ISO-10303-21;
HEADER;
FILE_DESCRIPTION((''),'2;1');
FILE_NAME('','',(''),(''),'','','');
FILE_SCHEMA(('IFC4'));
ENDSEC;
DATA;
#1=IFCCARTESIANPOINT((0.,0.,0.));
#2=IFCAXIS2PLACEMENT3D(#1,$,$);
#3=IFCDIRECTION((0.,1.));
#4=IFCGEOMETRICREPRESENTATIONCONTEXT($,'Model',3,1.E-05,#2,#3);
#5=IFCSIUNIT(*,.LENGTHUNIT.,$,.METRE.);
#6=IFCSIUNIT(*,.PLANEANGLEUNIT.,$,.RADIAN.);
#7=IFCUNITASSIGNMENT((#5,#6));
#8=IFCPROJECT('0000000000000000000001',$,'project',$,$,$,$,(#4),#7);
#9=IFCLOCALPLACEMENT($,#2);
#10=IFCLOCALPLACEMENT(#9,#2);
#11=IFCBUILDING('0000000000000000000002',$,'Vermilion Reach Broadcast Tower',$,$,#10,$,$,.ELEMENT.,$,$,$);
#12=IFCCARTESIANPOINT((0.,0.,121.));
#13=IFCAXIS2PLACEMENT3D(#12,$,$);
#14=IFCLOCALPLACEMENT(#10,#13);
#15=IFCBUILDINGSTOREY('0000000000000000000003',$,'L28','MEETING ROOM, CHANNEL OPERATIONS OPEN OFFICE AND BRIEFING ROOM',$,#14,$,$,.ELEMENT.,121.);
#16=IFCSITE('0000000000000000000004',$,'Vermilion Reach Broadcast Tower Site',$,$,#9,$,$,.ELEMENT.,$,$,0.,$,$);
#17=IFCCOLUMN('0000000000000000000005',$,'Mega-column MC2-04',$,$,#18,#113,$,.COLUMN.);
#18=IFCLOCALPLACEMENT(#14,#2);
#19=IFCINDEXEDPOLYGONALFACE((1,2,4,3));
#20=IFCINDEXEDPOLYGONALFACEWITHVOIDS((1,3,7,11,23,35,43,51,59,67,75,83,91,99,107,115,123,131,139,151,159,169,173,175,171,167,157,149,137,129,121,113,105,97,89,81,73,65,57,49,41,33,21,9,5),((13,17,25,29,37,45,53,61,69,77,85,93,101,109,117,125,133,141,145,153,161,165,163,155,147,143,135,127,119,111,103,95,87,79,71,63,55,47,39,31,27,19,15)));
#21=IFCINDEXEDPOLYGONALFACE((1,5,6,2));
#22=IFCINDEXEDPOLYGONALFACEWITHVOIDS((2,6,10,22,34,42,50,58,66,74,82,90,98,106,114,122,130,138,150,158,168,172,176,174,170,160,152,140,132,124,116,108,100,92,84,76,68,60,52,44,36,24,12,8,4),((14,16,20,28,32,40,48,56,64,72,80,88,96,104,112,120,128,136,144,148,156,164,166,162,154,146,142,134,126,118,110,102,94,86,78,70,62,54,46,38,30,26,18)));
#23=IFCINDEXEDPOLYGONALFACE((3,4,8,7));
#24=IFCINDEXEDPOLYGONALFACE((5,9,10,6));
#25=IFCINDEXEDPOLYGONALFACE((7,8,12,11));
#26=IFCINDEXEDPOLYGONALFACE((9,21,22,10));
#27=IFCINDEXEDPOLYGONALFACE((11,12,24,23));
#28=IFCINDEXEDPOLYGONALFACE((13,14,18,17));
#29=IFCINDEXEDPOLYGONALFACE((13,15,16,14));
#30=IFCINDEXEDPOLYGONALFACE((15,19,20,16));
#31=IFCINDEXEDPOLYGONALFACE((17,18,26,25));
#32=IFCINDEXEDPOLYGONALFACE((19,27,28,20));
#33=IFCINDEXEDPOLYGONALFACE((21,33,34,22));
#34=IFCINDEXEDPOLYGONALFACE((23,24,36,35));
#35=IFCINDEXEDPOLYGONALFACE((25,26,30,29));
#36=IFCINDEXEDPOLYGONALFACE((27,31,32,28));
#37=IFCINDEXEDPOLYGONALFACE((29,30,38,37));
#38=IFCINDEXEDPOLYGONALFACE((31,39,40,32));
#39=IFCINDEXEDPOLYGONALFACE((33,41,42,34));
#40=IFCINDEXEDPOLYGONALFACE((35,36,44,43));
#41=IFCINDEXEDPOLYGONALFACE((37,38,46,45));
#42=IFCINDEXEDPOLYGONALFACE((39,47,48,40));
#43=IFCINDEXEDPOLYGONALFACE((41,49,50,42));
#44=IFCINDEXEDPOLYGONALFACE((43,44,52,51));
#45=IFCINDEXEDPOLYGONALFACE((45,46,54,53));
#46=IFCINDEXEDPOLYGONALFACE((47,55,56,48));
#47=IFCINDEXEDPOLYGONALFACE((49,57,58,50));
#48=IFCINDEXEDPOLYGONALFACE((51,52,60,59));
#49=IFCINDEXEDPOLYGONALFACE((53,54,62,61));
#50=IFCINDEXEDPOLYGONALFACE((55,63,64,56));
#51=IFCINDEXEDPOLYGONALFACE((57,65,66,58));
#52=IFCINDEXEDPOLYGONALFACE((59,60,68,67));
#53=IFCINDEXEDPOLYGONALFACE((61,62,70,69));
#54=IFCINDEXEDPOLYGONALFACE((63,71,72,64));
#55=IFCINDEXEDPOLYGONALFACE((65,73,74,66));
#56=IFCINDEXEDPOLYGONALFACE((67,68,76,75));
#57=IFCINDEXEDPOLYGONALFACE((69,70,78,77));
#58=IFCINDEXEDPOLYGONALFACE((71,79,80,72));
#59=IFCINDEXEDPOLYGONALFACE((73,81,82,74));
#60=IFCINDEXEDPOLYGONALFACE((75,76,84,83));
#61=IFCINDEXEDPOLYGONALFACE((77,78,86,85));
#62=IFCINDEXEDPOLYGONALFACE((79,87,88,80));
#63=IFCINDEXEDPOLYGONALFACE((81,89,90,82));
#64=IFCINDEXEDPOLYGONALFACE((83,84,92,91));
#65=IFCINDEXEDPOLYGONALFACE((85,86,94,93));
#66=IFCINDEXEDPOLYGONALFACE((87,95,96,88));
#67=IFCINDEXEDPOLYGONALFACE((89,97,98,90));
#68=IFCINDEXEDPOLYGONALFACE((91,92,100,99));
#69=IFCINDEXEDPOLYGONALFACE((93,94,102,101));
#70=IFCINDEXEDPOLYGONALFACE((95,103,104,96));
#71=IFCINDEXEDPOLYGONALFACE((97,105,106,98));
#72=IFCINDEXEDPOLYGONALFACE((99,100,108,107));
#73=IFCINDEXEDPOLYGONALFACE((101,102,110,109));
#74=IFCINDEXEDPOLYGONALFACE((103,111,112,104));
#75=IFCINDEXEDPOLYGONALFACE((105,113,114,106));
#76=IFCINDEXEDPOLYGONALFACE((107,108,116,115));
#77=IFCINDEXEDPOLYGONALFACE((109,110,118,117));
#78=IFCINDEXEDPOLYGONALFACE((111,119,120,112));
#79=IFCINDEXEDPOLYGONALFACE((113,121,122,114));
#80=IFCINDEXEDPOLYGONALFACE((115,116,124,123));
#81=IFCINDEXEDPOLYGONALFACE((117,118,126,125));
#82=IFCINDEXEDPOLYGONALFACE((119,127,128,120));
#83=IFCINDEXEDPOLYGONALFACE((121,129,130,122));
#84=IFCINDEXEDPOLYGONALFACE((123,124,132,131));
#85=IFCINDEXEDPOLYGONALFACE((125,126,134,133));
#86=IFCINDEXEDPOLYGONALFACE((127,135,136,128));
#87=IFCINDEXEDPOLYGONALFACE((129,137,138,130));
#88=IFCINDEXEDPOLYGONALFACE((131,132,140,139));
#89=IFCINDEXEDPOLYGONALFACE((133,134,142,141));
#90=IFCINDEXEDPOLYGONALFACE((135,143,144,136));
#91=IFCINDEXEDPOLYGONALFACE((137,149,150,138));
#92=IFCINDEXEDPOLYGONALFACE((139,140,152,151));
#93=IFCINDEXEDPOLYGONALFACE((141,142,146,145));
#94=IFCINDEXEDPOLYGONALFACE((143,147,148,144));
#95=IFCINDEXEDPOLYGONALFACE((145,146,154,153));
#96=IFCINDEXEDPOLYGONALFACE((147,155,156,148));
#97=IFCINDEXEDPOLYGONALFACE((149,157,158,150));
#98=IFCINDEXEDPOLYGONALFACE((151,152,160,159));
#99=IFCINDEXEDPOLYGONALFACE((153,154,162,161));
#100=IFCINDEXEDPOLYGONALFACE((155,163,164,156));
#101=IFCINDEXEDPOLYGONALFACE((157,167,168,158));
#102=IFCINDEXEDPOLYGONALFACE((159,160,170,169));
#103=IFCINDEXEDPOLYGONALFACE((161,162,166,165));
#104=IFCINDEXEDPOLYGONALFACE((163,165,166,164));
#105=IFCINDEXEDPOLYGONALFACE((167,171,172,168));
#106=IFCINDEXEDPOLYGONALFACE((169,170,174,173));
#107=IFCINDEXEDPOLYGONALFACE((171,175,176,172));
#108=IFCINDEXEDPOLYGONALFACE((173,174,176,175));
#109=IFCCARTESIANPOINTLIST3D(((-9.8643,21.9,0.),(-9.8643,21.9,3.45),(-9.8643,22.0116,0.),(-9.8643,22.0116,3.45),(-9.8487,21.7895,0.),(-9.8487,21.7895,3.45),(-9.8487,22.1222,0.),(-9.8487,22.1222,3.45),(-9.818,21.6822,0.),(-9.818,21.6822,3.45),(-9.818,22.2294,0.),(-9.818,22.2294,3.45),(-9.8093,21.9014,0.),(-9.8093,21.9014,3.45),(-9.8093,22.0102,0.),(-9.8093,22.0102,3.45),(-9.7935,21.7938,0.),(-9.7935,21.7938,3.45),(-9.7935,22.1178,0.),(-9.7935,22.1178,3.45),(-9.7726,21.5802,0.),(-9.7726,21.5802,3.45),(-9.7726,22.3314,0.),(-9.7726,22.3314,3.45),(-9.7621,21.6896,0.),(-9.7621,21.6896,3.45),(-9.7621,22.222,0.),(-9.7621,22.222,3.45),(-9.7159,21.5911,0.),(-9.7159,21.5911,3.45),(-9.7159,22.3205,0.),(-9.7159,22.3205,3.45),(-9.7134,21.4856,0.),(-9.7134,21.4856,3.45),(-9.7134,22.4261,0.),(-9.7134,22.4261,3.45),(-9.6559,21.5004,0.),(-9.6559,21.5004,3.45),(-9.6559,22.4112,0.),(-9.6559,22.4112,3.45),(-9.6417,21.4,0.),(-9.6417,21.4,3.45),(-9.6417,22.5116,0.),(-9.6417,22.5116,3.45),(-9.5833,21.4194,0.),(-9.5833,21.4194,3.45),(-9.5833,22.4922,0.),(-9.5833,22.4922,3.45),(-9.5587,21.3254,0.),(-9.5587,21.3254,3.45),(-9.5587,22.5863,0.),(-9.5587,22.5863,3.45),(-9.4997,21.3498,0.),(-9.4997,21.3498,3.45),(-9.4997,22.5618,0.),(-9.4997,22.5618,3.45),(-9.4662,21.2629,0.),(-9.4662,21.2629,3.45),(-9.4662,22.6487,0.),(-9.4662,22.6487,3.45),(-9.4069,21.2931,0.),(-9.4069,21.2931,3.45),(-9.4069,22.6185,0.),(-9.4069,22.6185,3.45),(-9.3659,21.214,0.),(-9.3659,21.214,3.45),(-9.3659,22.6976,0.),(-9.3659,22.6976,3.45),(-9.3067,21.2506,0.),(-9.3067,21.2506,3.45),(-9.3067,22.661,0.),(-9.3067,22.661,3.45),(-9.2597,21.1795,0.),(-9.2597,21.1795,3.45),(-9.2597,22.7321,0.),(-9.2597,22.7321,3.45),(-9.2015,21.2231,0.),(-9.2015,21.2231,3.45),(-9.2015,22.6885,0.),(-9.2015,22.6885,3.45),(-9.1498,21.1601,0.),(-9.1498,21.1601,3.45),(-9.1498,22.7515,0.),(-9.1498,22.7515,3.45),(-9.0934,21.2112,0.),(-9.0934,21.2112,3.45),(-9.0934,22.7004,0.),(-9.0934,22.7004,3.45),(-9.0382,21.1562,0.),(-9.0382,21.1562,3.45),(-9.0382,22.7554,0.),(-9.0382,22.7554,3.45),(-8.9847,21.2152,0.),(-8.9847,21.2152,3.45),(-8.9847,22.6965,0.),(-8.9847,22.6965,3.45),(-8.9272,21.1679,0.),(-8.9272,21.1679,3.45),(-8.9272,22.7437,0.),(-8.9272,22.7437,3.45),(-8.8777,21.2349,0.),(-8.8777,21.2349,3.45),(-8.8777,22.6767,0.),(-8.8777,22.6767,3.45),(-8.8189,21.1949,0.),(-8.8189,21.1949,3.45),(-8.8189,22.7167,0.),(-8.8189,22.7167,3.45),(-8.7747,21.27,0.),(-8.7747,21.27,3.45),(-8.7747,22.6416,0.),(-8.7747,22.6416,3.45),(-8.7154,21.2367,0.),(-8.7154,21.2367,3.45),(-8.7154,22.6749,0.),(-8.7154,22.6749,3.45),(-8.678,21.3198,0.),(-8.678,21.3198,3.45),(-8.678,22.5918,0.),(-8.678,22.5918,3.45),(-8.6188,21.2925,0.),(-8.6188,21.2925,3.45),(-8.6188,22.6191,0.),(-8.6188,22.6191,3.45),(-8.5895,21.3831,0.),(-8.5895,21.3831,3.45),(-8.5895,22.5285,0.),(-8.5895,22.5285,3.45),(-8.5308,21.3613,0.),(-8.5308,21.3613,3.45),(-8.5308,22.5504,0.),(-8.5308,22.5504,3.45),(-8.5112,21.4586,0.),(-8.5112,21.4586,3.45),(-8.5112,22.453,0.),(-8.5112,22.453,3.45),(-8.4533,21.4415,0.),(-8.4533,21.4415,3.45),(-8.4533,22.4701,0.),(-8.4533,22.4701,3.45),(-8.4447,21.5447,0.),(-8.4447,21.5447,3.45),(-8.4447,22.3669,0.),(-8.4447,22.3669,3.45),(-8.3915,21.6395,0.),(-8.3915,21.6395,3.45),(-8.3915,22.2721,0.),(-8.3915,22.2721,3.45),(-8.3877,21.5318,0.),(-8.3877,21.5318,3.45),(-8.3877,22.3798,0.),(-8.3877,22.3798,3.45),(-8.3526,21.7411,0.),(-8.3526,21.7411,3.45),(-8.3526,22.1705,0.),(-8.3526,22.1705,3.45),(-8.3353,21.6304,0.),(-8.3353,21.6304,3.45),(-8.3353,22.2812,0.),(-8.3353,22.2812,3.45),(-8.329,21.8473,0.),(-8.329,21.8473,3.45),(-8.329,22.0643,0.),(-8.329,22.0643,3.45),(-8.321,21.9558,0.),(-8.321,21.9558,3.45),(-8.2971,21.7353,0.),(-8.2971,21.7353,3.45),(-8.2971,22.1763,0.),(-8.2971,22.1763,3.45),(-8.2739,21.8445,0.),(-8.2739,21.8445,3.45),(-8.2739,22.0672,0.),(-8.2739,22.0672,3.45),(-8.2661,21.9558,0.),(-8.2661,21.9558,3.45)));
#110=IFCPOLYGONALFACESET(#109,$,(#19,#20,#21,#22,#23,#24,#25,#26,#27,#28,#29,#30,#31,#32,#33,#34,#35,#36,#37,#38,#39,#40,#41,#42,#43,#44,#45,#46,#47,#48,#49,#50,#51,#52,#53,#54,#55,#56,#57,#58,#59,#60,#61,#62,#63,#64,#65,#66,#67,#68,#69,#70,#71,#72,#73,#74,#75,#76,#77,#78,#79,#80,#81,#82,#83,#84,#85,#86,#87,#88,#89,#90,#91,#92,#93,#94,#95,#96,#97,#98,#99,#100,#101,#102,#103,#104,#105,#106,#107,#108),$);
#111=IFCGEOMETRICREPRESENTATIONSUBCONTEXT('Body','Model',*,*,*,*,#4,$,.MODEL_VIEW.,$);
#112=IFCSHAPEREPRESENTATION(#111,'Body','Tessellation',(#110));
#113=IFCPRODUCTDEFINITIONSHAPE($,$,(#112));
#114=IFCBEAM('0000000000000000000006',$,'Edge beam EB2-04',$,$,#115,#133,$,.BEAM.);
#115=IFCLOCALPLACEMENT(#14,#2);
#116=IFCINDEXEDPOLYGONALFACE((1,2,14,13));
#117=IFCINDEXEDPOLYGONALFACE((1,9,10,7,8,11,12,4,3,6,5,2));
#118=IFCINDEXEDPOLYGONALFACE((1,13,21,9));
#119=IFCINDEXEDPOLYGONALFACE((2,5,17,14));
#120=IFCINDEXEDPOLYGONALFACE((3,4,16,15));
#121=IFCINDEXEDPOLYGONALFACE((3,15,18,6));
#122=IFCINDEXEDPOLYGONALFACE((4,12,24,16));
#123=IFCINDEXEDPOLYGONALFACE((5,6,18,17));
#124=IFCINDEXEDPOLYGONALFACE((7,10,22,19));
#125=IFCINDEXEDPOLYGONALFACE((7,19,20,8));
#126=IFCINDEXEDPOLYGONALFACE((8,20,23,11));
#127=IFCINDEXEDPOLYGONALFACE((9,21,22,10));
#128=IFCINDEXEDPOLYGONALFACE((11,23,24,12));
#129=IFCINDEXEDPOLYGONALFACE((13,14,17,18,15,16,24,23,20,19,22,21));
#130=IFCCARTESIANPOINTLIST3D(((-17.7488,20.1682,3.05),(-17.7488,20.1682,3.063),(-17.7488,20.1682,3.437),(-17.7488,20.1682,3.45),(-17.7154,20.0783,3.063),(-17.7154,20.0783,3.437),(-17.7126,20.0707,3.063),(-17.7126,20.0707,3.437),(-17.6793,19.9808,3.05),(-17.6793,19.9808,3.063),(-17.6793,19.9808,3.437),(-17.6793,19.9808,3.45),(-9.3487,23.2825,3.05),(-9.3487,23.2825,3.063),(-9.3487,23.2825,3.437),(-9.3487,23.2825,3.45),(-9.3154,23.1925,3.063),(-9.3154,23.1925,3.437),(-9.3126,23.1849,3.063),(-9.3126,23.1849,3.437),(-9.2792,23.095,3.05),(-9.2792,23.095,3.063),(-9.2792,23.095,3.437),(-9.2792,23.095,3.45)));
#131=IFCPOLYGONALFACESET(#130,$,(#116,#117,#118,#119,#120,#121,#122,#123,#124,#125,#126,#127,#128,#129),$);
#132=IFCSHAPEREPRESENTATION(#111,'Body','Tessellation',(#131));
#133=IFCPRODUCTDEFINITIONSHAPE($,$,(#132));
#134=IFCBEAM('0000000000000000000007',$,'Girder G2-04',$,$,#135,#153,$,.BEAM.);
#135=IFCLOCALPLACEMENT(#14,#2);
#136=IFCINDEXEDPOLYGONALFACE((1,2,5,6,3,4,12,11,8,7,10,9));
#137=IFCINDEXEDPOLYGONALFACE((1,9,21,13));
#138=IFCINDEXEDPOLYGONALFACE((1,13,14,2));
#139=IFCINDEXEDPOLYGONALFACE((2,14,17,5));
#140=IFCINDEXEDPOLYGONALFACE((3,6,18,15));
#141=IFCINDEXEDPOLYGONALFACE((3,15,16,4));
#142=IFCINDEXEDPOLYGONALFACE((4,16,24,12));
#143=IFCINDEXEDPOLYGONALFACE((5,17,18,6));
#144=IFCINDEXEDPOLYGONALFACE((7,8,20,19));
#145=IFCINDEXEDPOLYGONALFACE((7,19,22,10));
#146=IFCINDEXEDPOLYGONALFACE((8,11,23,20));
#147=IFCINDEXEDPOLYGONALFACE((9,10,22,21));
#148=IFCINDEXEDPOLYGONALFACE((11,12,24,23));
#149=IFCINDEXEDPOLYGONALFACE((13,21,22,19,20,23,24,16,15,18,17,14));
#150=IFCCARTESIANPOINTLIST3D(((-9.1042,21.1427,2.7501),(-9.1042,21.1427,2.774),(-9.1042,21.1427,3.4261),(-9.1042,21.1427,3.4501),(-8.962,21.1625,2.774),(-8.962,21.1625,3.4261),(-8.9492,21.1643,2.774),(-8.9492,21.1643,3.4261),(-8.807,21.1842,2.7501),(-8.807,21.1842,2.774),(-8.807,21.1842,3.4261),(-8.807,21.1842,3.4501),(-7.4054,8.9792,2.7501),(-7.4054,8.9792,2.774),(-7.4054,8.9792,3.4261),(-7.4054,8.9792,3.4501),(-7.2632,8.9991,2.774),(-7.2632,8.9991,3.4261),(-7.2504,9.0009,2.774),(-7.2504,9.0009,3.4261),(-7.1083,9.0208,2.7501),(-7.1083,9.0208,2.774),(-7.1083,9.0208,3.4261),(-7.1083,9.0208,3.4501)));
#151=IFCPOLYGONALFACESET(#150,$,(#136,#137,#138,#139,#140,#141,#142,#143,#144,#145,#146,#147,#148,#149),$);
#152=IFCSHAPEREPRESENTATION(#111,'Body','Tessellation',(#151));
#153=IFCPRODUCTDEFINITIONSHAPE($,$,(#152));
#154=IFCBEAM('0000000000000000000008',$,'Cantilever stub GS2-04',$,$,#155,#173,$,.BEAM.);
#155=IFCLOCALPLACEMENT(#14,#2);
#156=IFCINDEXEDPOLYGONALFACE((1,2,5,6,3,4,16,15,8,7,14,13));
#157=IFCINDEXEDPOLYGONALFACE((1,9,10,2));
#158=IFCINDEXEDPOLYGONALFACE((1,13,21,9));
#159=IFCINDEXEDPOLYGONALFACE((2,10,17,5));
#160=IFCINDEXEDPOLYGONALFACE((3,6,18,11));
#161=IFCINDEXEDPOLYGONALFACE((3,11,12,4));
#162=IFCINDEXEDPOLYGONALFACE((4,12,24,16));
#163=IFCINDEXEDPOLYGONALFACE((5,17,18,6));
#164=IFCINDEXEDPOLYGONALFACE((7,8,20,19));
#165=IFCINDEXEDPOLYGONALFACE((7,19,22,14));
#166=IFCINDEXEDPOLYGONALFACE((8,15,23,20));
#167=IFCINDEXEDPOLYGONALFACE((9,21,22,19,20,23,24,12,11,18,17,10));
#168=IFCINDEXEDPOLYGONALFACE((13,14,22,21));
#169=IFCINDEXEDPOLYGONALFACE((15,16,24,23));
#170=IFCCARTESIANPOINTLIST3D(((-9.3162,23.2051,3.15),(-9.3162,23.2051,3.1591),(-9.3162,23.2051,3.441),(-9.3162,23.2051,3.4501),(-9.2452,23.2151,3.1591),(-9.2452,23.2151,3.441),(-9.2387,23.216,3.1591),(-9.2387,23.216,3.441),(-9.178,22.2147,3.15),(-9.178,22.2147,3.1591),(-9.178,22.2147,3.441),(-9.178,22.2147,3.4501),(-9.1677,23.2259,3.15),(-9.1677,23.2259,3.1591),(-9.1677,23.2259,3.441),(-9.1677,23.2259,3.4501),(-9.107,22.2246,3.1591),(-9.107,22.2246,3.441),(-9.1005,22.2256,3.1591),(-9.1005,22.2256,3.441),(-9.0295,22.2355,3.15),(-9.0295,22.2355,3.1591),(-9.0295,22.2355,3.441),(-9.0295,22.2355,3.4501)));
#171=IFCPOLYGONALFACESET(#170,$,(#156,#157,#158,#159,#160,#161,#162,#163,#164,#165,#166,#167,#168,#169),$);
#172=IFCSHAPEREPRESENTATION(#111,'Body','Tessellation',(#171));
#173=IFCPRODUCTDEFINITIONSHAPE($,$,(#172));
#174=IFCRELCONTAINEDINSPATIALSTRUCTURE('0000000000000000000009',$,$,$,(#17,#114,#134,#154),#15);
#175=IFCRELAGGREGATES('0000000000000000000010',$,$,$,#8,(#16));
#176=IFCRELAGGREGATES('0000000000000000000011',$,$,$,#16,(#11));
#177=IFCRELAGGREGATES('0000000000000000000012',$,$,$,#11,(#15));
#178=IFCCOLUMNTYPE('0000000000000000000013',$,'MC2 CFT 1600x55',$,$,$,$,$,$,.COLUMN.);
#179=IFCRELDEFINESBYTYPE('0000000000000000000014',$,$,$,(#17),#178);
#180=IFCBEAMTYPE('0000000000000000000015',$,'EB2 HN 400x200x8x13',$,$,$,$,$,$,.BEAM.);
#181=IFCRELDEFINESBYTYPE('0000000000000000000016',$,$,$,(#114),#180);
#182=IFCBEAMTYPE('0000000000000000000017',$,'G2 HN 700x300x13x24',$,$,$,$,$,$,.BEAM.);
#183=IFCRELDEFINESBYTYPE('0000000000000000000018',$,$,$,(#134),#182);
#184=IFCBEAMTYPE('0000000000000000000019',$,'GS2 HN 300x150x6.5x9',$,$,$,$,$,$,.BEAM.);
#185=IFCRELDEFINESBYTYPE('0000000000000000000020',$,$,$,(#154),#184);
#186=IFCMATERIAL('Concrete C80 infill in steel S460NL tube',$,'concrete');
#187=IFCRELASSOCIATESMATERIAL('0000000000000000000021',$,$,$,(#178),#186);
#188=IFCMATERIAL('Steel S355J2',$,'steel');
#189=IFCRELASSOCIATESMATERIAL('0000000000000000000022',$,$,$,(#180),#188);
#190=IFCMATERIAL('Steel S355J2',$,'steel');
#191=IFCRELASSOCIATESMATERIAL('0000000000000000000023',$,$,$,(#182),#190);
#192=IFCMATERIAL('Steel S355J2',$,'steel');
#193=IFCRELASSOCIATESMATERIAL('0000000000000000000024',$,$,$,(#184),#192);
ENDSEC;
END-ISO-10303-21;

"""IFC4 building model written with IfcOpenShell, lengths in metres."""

from ifc_helpers import new_model, si_unit, direction, frame, origin, origin_2d, place, context, subcontext, project, spatial, hollow_circle, i_section, extrude, material, material_profile, profile_set, type_object, element, save


model = new_model("IFC4")

# Units and contexts
model_context = context("Model", 3, precision=1e-05, world=origin(), true_north=direction((0.0, 1.0)))
body_context = subcontext(model_context, "Body", "Model", "MODEL_VIEW")
ifc_project = project(units=[si_unit("LENGTHUNIT", "METRE"), si_unit("PLANEANGLEUNIT", "RADIAN")], contexts=[model_context])

# Site, building, storey
site_placement = place(None, origin())
site = spatial("IfcSite", under=ifc_project, at=site_placement, Name="Vermilion Reach Broadcast Tower Site", CompositionType="ELEMENT", RefElevation=0.0)
building_placement = place(site_placement, origin())
building = spatial("IfcBuilding", under=site, at=building_placement, Name="Vermilion Reach Broadcast Tower", CompositionType="ELEMENT")
storey_placement = place(building_placement, frame((0.0, 0.0, 121.0)))
storey = spatial("IfcBuildingStorey", under=building, at=storey_placement, Name="L28", Description="MEETING ROOM, CHANNEL OPERATIONS OPEN OFFICE AND BRIEFING ROOM", CompositionType="ELEMENT", Elevation=121.0)

# Column
ifc_material_1 = material(Name="Concrete C80 infill in steel S460NL tube", Category="concrete")
ifc_material_profile_1 = material_profile(ifc_material_1, hollow_circle(Radius=0.8, WallThickness=0.0549, at=origin_2d()), Name="Concrete C80 infill in steel S460NL tube CFT 1600x55")
ifc_profile_set_1 = profile_set([ifc_material_profile_1], Name="Concrete C80 infill in steel S460NL tube")
column_type = type_object("IfcColumnType", Name="MC2 CFT 1600x55", PredefinedType="COLUMN", material=ifc_profile_set_1)
column_placement = place(storey_placement, frame((-9.0662, 21.9558, 0.0), z_axis=(0.0, 0.0, 1.0), x_axis=(1.0, 0.0, 0.0)))
element("IfcColumn", 1, at=column_placement, inside=storey, type_object=column_type, Name="Mega-column MC2-04", PredefinedType="COLUMN", context=body_context, shape_type="SweptSolid", body=[
    extrude(hollow_circle(Radius=0.8, WallThickness=0.0549, at=origin_2d()), origin(), (0.0, 0.0, 1.0), 3.45),
])

# Beams
ifc_material_2 = material(Name="Steel S355J2", Category="steel")
ifc_material_profile_2 = material_profile(ifc_material_2, i_section(OverallWidth=0.2, OverallDepth=0.3999, WebThickness=0.0081, FlangeThickness=0.0129, at=origin_2d()), Name="S355J2 HN 400x200x8x13")
ifc_profile_set_2 = profile_set([ifc_material_profile_2], Name="Steel S355J2")
beam_type_1 = type_object("IfcBeamType", Name="EB2 HN 400x200x8x13", PredefinedType="BEAM", material=ifc_profile_set_2)
beam_1_placement = place(storey_placement, frame((-9.314, 23.1887, 3.25), z_axis=(-0.937636, -0.347618, 0.0), x_axis=(0.347618, -0.937636, 0.0)))
element("IfcBeam", 2, at=beam_1_placement, inside=storey, type_object=beam_type_1, Name="Edge beam EB2-04", PredefinedType="BEAM", context=body_context, shape_type="SweptSolid", body=[
    extrude(i_section(OverallWidth=0.2, OverallDepth=0.3999, WebThickness=0.0081, FlangeThickness=0.0129, at=origin_2d()), origin(), (0.0, 0.0, 1.0), 8.9587),
])
ifc_material_3 = material(Name="Steel S355J2", Category="steel")
ifc_material_profile_3 = material_profile(ifc_material_3, i_section(OverallWidth=0.3, OverallDepth=0.7, WebThickness=0.0129, FlangeThickness=0.0239, at=origin_2d()), Name="S355J2 HN 700x300x13x24")
ifc_profile_set_3 = profile_set([ifc_material_profile_3], Name="Steel S355J2")
beam_type_2 = type_object("IfcBeamType", Name="G2 HN 700x300x13x24", PredefinedType="BEAM", material=ifc_profile_set_3)
beam_2_placement = place(storey_placement, frame((-7.2568, 9.0, 3.1001), z_axis=(-0.138318, 0.990388, 0.0), x_axis=(-0.990388, -0.138318, 0.0)))
element("IfcBeam", 3, at=beam_2_placement, inside=storey, type_object=beam_type_2, Name="Girder G2-04", PredefinedType="BEAM", context=body_context, shape_type="SweptSolid", body=[
    extrude(i_section(OverallWidth=0.3, OverallDepth=0.7, WebThickness=0.0129, FlangeThickness=0.0239, at=origin_2d()), origin(), (0.0, 0.0, 1.0), 12.2815),
])
ifc_material_4 = material(Name="Steel S355J2", Category="steel")
ifc_material_profile_4 = material_profile(ifc_material_4, i_section(OverallWidth=0.1499, OverallDepth=0.3, WebThickness=0.0066, FlangeThickness=0.009, at=origin_2d()), Name="S355J2 HN 300x150x6.5x9")
ifc_profile_set_4 = profile_set([ifc_material_profile_4], Name="Steel S355J2")
beam_type_3 = type_object("IfcBeamType", Name="GS2 HN 300x150x6.5x9", PredefinedType="BEAM", material=ifc_profile_set_4)
beam_3_placement = place(storey_placement, frame((-9.1038, 22.2251, 3.3), z_axis=(-0.138174, 0.990408, 0.0), x_axis=(-0.990408, -0.138174, 0.0)))
element("IfcBeam", 4, at=beam_3_placement, inside=storey, type_object=beam_type_3, Name="Cantilever stub GS2-04", PredefinedType="BEAM", context=body_context, shape_type="SweptSolid", body=[
    extrude(i_section(OverallWidth=0.1499, OverallDepth=0.3, WebThickness=0.0066, FlangeThickness=0.009, at=origin_2d()), origin(), (0.0, 0.0, 1.0), 1.0),
])

save(model, "model.ifc")
